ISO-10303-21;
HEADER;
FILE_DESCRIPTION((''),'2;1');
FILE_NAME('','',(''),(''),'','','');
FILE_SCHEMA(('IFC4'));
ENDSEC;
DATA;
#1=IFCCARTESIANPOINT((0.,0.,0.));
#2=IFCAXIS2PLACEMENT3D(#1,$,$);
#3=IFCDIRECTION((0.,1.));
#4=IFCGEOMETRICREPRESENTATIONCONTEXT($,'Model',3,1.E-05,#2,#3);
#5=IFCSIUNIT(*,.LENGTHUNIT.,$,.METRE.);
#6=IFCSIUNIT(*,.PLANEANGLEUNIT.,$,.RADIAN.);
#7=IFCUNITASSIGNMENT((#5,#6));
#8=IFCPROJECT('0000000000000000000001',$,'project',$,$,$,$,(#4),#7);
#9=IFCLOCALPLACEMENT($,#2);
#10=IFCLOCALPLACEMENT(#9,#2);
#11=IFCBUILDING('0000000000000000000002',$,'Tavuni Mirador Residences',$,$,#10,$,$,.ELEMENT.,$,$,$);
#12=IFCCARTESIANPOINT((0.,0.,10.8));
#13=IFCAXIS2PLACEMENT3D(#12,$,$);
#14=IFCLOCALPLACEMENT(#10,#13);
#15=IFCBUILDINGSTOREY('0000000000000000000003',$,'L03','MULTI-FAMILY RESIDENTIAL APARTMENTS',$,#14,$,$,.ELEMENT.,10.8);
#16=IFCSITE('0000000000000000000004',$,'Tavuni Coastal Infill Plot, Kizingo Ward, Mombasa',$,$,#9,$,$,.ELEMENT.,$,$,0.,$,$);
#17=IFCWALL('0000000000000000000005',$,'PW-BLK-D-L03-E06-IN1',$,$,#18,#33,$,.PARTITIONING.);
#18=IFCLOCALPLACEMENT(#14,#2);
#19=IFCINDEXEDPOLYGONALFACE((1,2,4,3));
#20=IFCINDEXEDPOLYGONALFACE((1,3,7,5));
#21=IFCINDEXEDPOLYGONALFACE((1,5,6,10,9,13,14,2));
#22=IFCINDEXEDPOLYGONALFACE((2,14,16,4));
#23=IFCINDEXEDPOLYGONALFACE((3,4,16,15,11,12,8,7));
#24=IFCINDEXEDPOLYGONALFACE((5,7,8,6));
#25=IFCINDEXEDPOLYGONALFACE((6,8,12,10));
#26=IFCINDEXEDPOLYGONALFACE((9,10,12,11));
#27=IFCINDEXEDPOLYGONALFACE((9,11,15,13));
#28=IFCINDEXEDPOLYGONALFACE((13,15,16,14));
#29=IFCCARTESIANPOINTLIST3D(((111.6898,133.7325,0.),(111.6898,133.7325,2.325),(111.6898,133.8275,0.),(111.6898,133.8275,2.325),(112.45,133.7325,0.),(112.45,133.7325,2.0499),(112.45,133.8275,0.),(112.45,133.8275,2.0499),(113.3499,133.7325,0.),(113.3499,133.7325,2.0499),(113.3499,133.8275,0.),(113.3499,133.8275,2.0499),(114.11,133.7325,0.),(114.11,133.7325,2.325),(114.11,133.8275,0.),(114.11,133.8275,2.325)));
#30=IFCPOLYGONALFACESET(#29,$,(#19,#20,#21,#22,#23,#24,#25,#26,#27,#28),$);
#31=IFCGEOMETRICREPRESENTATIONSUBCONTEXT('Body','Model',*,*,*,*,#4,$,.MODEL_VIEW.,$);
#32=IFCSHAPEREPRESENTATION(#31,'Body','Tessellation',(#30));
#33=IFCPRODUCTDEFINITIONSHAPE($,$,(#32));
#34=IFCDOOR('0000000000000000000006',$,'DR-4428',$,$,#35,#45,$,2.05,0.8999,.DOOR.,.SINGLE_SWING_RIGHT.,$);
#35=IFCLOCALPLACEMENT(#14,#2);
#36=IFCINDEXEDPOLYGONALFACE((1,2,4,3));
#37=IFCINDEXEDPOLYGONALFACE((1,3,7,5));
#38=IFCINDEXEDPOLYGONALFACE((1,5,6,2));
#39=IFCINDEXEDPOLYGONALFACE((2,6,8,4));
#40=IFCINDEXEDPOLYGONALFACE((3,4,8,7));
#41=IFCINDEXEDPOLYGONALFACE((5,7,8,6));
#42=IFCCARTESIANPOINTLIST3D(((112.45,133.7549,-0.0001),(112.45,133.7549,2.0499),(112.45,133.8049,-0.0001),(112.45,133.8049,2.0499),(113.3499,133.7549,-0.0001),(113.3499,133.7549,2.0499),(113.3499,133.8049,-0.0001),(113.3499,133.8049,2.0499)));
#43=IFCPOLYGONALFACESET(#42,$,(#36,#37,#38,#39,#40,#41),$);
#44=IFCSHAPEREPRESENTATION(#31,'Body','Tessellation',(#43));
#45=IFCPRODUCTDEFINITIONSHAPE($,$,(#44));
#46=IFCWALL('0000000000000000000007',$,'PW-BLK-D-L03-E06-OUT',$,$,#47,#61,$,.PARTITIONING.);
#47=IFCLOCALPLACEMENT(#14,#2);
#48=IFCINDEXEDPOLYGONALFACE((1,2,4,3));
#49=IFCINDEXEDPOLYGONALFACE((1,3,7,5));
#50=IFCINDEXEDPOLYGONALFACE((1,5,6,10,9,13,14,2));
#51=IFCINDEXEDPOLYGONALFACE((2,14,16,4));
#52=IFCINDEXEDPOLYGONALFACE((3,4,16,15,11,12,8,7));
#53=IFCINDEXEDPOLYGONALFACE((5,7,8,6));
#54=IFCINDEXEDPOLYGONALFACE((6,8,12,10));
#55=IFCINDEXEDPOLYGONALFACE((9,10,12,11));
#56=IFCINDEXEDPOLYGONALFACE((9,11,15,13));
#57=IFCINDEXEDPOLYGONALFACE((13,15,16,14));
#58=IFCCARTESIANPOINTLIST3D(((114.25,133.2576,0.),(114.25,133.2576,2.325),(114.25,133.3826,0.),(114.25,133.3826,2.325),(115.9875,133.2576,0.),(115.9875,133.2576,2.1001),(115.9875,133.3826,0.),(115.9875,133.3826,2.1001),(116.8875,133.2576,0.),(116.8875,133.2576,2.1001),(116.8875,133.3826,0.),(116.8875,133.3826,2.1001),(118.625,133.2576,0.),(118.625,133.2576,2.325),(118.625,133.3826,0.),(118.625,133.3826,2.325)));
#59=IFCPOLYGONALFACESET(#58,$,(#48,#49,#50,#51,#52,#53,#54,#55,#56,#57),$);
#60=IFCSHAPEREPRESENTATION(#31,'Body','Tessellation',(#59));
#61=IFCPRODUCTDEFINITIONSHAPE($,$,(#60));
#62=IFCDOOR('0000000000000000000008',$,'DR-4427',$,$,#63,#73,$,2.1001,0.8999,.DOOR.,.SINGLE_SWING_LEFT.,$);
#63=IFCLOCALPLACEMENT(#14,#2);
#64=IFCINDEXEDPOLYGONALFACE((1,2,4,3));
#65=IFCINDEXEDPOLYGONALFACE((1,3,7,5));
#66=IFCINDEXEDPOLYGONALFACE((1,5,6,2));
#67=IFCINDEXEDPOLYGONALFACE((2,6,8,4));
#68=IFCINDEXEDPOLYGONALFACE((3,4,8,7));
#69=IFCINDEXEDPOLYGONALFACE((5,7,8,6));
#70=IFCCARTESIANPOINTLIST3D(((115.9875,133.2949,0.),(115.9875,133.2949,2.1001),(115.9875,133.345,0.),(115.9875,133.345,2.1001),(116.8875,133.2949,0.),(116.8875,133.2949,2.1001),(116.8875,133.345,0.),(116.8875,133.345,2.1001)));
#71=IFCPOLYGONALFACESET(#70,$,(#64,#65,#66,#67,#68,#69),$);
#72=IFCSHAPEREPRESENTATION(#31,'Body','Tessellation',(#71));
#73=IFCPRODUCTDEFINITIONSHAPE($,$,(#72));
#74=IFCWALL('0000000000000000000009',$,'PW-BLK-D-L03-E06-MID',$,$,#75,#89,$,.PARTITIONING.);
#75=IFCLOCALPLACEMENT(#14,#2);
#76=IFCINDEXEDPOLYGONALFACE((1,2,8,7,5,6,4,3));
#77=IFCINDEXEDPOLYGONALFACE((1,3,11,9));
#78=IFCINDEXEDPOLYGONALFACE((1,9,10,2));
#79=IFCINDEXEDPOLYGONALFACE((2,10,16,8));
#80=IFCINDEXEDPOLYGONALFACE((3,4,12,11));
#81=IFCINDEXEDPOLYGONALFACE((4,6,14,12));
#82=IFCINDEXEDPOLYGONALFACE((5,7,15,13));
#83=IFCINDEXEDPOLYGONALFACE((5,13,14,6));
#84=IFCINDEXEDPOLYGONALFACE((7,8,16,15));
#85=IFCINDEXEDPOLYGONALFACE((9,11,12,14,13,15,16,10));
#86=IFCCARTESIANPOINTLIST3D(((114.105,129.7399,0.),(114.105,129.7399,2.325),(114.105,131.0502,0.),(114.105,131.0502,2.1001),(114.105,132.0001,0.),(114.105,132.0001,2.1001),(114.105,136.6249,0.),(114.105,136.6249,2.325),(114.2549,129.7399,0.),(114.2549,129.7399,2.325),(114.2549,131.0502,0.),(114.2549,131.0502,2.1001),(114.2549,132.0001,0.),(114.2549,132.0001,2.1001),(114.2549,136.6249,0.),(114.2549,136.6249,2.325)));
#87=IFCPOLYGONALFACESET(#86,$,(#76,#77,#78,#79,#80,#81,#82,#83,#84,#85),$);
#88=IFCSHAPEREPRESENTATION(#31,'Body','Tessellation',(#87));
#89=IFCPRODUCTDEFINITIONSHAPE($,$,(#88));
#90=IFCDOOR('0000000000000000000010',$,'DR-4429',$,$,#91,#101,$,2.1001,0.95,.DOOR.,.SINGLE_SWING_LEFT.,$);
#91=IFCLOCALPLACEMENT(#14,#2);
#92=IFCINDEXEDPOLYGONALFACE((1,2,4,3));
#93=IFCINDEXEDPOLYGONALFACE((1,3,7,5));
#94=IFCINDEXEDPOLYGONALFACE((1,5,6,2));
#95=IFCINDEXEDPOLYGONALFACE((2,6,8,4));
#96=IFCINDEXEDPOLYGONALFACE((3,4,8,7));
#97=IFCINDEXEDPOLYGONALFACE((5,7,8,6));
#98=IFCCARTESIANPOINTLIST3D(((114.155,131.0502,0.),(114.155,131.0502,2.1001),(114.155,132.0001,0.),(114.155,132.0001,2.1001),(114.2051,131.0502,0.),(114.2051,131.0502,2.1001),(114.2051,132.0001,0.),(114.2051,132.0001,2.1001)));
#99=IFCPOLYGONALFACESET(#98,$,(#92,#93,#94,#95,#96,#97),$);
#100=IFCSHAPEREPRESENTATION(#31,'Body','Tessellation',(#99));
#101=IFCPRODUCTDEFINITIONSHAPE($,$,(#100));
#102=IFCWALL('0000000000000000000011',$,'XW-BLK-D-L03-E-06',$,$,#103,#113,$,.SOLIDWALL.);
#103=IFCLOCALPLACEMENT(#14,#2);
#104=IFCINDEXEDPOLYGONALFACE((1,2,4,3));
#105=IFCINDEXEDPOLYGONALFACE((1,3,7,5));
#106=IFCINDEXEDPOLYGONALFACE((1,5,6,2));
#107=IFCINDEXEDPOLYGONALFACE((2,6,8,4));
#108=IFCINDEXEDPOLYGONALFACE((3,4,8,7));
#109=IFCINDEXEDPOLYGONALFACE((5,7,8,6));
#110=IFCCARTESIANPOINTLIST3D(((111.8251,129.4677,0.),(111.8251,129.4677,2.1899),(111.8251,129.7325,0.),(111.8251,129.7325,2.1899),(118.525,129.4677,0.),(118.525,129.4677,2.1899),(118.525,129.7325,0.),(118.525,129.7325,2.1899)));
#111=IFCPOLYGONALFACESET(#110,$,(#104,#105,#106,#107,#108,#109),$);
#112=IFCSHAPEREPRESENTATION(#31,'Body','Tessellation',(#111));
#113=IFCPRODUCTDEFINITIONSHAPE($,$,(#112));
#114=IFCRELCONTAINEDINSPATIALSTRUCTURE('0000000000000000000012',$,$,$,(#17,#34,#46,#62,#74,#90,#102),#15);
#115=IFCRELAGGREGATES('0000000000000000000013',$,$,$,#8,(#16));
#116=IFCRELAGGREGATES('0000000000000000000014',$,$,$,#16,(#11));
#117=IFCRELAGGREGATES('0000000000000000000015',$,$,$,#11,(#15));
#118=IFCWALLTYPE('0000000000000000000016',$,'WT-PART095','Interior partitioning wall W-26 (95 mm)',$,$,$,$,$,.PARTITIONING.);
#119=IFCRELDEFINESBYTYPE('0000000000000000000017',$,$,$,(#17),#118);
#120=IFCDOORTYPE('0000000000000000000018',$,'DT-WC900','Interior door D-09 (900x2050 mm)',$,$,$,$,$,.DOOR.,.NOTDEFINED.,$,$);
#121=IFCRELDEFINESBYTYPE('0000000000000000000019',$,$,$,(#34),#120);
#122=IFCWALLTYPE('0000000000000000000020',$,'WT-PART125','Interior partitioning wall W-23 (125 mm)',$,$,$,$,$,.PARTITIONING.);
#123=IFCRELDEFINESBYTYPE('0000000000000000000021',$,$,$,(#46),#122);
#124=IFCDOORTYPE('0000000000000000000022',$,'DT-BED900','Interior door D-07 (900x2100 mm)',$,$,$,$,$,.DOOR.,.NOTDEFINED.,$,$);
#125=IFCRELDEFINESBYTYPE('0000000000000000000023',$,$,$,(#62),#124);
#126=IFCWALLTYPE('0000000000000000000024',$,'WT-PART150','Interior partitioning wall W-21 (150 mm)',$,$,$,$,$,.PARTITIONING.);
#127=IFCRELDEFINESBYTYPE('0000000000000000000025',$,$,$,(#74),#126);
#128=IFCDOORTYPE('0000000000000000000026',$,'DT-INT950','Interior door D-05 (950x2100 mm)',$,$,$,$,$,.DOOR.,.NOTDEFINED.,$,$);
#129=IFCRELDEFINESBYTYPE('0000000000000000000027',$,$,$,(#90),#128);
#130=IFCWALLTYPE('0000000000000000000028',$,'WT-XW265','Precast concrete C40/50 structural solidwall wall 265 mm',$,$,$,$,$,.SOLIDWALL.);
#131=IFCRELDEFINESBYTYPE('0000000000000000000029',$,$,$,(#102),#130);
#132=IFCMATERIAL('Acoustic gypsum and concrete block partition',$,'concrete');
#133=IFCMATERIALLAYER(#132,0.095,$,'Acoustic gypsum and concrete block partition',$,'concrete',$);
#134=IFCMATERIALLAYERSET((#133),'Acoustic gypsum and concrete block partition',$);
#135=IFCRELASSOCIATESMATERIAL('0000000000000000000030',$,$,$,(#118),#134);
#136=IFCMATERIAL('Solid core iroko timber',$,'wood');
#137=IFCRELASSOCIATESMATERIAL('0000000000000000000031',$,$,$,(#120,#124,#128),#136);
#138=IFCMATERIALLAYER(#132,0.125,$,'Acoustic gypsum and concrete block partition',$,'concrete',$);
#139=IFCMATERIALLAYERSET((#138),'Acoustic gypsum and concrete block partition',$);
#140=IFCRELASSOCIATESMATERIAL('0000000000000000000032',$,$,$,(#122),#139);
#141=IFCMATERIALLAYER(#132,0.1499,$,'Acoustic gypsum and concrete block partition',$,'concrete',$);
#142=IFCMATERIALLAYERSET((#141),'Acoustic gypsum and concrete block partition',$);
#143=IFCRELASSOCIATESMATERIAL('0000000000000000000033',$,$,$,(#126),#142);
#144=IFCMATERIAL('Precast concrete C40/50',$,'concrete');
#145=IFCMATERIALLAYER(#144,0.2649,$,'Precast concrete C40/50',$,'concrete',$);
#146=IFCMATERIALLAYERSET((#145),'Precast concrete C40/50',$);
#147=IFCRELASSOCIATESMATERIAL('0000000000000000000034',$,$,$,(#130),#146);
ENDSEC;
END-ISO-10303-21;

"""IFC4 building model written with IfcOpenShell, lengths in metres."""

from ifc_helpers import new_model, si_unit, direction, frame, frame_2d, origin, place, context, subcontext, project, spatial, rectangle, extrude, material, layer, layer_set, type_object, element, fill, save


model = new_model("IFC4")

# Units and contexts
model_context = context("Model", 3, precision=1e-05, world=origin(), true_north=direction((0.0, 1.0)))
body_context = subcontext(model_context, "Body", "Model", "MODEL_VIEW")
ifc_project = project(units=[si_unit("LENGTHUNIT", "METRE"), si_unit("PLANEANGLEUNIT", "RADIAN")], contexts=[model_context])

# Site, building, storey
site_placement = place(None, origin())
site = spatial("IfcSite", under=ifc_project, at=site_placement, Name="Tavuni Coastal Infill Plot, Kizingo Ward, Mombasa", CompositionType="ELEMENT", RefElevation=0.0)
building_placement = place(site_placement, origin())
building = spatial("IfcBuilding", under=site, at=building_placement, Name="Tavuni Mirador Residences", CompositionType="ELEMENT")
storey_placement = place(building_placement, frame((0.0, 0.0, 10.8)))
storey = spatial("IfcBuildingStorey", under=building, at=storey_placement, Name="L03", Description="MULTI-FAMILY RESIDENTIAL APARTMENTS", CompositionType="ELEMENT", Elevation=10.8)

# Shared definitions
ifc_material_1 = material(Name="Precast concrete C40/50", Category="concrete")

# Walls, openings, doors
ifc_material_2 = material(Name="Acoustic gypsum and concrete block partition", Category="concrete")
ifc_layer_1 = layer(ifc_material_2, 0.095, Name="Acoustic gypsum and concrete block partition", Category="concrete")
ifc_layer_set_1 = layer_set([ifc_layer_1], Name="Acoustic gypsum and concrete block partition")
wall_type_1 = type_object("IfcWallType", Name="WT-PART095", Description="Interior partitioning wall W-26 (95 mm)", PredefinedType="PARTITIONING", material=ifc_layer_set_1)
wall_1_placement = place(storey_placement, frame((111.6899, 133.78, 0.0), z_axis=(0.0, 0.0, 1.0), x_axis=(1.0, 0.0, 0.0)))
wall_1 = element("IfcWall", 1, at=wall_1_placement, inside=storey, type_object=wall_type_1, Name="PW-BLK-D-L03-E06-IN1", PredefinedType="PARTITIONING", context=body_context, shape_type="SweptSolid", body=[
    extrude(rectangle(XDim=2.4202, YDim=0.095, at=frame_2d((1.21, 0.0))), origin(), (0.0, 0.0, 1.0), 2.325),
])
opening_1_placement = place(wall_1_placement, frame((0.76, 0.0, 0.0)))
opening_1 = element("IfcOpeningElement", 2, at=opening_1_placement, cuts=wall_1, PredefinedType="OPENING", context=body_context, shape_type="SweptSolid", body=[
    extrude(rectangle(XDim=0.8999, YDim=2.05, at=frame_2d((0.45, 1.0249))), frame((0.0, 0.0576, 0.0), z_axis=(0.0, -1.0, 0.0), x_axis=(1.0, 0.0, 0.0)), (0.0, 0.0, 1.0), 0.115),
])
ifc_material_3 = material(Name="Solid core iroko timber", Category="wood")
door_type_1 = type_object("IfcDoorType", Name="DT-WC900", Description="Interior door D-09 (900x2050 mm)", OperationType="NOTDEFINED", PredefinedType="DOOR", material=ifc_material_3)
door_1_placement = place(opening_1_placement, origin())
door_1 = element("IfcDoor", 3, at=door_1_placement, inside=storey, type_object=door_type_1, Name="DR-4428", OperationType="SINGLE_SWING_RIGHT", OverallHeight=2.05, OverallWidth=0.8999, PredefinedType="DOOR", context=body_context, shape_type="SweptSolid", body=[
    extrude(rectangle(XDim=0.8999, YDim=2.05, at=frame_2d((0.45, 1.0249))), frame((0.0, 0.0249, 0.0), z_axis=(0.0, -1.0, 0.0), x_axis=(1.0, 0.0, 0.0)), (0.0, 0.0, 1.0), 0.05),
])
fill(opening_1, door_1)
ifc_layer_2 = layer(ifc_material_2, 0.125, Name="Acoustic gypsum and concrete block partition", Category="concrete")
ifc_layer_set_2 = layer_set([ifc_layer_2], Name="Acoustic gypsum and concrete block partition")
wall_type_2 = type_object("IfcWallType", Name="WT-PART125", Description="Interior partitioning wall W-23 (125 mm)", PredefinedType="PARTITIONING", material=ifc_layer_set_2)
wall_2_placement = place(storey_placement, frame((114.25, 133.3201, 0.0), z_axis=(0.0, 0.0, 1.0), x_axis=(1.0, 0.0, 0.0)))
wall_2 = element("IfcWall", 4, at=wall_2_placement, inside=storey, type_object=wall_type_2, Name="PW-BLK-D-L03-E06-OUT", PredefinedType="PARTITIONING", context=body_context, shape_type="SweptSolid", body=[
    extrude(rectangle(XDim=4.375, YDim=0.125, at=frame_2d((2.1875, 0.0))), origin(), (0.0, 0.0, 1.0), 2.325),
])
opening_2_placement = place(wall_2_placement, frame((1.7375, 0.0, 0.0)))
opening_2 = element("IfcOpeningElement", 5, at=opening_2_placement, cuts=wall_2, PredefinedType="OPENING", context=body_context, shape_type="SweptSolid", body=[
    extrude(rectangle(XDim=0.8999, YDim=2.1001, at=frame_2d((0.45, 1.05))), frame((0.0, 0.0725, 0.0), z_axis=(0.0, -1.0, 0.0), x_axis=(1.0, 0.0, 0.0)), (0.0, 0.0, 1.0), 0.145),
])
door_type_2 = type_object("IfcDoorType", Name="DT-BED900", Description="Interior door D-07 (900x2100 mm)", OperationType="NOTDEFINED", PredefinedType="DOOR", material=ifc_material_3)
door_2_placement = place(opening_2_placement, origin())
door_2 = element("IfcDoor", 6, at=door_2_placement, inside=storey, type_object=door_type_2, Name="DR-4427", OperationType="SINGLE_SWING_LEFT", OverallHeight=2.1001, OverallWidth=0.8999, PredefinedType="DOOR", context=body_context, shape_type="SweptSolid", body=[
    extrude(rectangle(XDim=0.8999, YDim=2.1001, at=frame_2d((0.45, 1.05))), frame((0.0, 0.0249, 0.0), z_axis=(0.0, -1.0, 0.0), x_axis=(1.0, 0.0, 0.0)), (0.0, 0.0, 1.0), 0.05),
])
fill(opening_2, door_2)
ifc_layer_3 = layer(ifc_material_2, 0.1499, Name="Acoustic gypsum and concrete block partition", Category="concrete")
ifc_layer_set_3 = layer_set([ifc_layer_3], Name="Acoustic gypsum and concrete block partition")
wall_type_3 = type_object("IfcWallType", Name="WT-PART150", Description="Interior partitioning wall W-21 (150 mm)", PredefinedType="PARTITIONING", material=ifc_layer_set_3)
wall_3_placement = place(storey_placement, frame((114.1799, 129.74, 0.0), z_axis=(0.0, 0.0, 1.0), x_axis=(0.0, 1.0, 0.0)))
wall_3 = element("IfcWall", 7, at=wall_3_placement, inside=storey, type_object=wall_type_3, Name="PW-BLK-D-L03-E06-MID", PredefinedType="PARTITIONING", context=body_context, shape_type="SweptSolid", body=[
    extrude(rectangle(XDim=6.885, YDim=0.1499, at=frame_2d((3.4424, 0.0))), origin(), (0.0, 0.0, 1.0), 2.325),
])
opening_3_placement = place(wall_3_placement, frame((1.3101, 0.0, 0.0)))
opening_3 = element("IfcOpeningElement", 8, at=opening_3_placement, cuts=wall_3, PredefinedType="OPENING", context=body_context, shape_type="SweptSolid", body=[
    extrude(rectangle(XDim=0.95, YDim=2.1001, at=frame_2d((0.4751, 1.05))), frame((0.0, 0.085, 0.0), z_axis=(0.0, -1.0, 0.0), x_axis=(1.0, 0.0, 0.0)), (0.0, 0.0, 1.0), 0.1699),
])
door_type_3 = type_object("IfcDoorType", Name="DT-INT950", Description="Interior door D-05 (950x2100 mm)", OperationType="NOTDEFINED", PredefinedType="DOOR", material=ifc_material_3)
door_3_placement = place(opening_3_placement, origin())
door_3 = element("IfcDoor", 9, at=door_3_placement, inside=storey, type_object=door_type_3, Name="DR-4429", OperationType="SINGLE_SWING_LEFT", OverallHeight=2.1001, OverallWidth=0.95, PredefinedType="DOOR", context=body_context, shape_type="SweptSolid", body=[
    extrude(rectangle(XDim=0.95, YDim=2.1001, at=frame_2d((0.4751, 1.05))), frame((0.0, 0.0249, 0.0), z_axis=(0.0, -1.0, 0.0), x_axis=(1.0, 0.0, 0.0)), (0.0, 0.0, 1.0), 0.05),
])
fill(opening_3, door_3)

# Wall
ifc_layer_4 = layer(ifc_material_1, 0.2649, Name="Precast concrete C40/50", Category="concrete")
ifc_layer_set_4 = layer_set([ifc_layer_4], Name="Precast concrete C40/50")
wall_type_4 = type_object("IfcWallType", Name="WT-XW265", Description="Precast concrete C40/50 structural solidwall wall 265 mm", PredefinedType="SOLIDWALL", material=ifc_layer_set_4)
wall_4_placement = place(storey_placement, frame((111.825, 129.6001, 0.0), z_axis=(0.0, 0.0, 1.0), x_axis=(1.0, 0.0, 0.0)))
element("IfcWall", 10, at=wall_4_placement, inside=storey, type_object=wall_type_4, Name="XW-BLK-D-L03-E-06", PredefinedType="SOLIDWALL", context=body_context, shape_type="SweptSolid", body=[
    extrude(rectangle(XDim=6.7, YDim=0.2649, at=frame_2d((3.3501, 0.0))), origin(), (0.0, 0.0, 1.0), 2.1899),
])

save(model, "model.ifc")
